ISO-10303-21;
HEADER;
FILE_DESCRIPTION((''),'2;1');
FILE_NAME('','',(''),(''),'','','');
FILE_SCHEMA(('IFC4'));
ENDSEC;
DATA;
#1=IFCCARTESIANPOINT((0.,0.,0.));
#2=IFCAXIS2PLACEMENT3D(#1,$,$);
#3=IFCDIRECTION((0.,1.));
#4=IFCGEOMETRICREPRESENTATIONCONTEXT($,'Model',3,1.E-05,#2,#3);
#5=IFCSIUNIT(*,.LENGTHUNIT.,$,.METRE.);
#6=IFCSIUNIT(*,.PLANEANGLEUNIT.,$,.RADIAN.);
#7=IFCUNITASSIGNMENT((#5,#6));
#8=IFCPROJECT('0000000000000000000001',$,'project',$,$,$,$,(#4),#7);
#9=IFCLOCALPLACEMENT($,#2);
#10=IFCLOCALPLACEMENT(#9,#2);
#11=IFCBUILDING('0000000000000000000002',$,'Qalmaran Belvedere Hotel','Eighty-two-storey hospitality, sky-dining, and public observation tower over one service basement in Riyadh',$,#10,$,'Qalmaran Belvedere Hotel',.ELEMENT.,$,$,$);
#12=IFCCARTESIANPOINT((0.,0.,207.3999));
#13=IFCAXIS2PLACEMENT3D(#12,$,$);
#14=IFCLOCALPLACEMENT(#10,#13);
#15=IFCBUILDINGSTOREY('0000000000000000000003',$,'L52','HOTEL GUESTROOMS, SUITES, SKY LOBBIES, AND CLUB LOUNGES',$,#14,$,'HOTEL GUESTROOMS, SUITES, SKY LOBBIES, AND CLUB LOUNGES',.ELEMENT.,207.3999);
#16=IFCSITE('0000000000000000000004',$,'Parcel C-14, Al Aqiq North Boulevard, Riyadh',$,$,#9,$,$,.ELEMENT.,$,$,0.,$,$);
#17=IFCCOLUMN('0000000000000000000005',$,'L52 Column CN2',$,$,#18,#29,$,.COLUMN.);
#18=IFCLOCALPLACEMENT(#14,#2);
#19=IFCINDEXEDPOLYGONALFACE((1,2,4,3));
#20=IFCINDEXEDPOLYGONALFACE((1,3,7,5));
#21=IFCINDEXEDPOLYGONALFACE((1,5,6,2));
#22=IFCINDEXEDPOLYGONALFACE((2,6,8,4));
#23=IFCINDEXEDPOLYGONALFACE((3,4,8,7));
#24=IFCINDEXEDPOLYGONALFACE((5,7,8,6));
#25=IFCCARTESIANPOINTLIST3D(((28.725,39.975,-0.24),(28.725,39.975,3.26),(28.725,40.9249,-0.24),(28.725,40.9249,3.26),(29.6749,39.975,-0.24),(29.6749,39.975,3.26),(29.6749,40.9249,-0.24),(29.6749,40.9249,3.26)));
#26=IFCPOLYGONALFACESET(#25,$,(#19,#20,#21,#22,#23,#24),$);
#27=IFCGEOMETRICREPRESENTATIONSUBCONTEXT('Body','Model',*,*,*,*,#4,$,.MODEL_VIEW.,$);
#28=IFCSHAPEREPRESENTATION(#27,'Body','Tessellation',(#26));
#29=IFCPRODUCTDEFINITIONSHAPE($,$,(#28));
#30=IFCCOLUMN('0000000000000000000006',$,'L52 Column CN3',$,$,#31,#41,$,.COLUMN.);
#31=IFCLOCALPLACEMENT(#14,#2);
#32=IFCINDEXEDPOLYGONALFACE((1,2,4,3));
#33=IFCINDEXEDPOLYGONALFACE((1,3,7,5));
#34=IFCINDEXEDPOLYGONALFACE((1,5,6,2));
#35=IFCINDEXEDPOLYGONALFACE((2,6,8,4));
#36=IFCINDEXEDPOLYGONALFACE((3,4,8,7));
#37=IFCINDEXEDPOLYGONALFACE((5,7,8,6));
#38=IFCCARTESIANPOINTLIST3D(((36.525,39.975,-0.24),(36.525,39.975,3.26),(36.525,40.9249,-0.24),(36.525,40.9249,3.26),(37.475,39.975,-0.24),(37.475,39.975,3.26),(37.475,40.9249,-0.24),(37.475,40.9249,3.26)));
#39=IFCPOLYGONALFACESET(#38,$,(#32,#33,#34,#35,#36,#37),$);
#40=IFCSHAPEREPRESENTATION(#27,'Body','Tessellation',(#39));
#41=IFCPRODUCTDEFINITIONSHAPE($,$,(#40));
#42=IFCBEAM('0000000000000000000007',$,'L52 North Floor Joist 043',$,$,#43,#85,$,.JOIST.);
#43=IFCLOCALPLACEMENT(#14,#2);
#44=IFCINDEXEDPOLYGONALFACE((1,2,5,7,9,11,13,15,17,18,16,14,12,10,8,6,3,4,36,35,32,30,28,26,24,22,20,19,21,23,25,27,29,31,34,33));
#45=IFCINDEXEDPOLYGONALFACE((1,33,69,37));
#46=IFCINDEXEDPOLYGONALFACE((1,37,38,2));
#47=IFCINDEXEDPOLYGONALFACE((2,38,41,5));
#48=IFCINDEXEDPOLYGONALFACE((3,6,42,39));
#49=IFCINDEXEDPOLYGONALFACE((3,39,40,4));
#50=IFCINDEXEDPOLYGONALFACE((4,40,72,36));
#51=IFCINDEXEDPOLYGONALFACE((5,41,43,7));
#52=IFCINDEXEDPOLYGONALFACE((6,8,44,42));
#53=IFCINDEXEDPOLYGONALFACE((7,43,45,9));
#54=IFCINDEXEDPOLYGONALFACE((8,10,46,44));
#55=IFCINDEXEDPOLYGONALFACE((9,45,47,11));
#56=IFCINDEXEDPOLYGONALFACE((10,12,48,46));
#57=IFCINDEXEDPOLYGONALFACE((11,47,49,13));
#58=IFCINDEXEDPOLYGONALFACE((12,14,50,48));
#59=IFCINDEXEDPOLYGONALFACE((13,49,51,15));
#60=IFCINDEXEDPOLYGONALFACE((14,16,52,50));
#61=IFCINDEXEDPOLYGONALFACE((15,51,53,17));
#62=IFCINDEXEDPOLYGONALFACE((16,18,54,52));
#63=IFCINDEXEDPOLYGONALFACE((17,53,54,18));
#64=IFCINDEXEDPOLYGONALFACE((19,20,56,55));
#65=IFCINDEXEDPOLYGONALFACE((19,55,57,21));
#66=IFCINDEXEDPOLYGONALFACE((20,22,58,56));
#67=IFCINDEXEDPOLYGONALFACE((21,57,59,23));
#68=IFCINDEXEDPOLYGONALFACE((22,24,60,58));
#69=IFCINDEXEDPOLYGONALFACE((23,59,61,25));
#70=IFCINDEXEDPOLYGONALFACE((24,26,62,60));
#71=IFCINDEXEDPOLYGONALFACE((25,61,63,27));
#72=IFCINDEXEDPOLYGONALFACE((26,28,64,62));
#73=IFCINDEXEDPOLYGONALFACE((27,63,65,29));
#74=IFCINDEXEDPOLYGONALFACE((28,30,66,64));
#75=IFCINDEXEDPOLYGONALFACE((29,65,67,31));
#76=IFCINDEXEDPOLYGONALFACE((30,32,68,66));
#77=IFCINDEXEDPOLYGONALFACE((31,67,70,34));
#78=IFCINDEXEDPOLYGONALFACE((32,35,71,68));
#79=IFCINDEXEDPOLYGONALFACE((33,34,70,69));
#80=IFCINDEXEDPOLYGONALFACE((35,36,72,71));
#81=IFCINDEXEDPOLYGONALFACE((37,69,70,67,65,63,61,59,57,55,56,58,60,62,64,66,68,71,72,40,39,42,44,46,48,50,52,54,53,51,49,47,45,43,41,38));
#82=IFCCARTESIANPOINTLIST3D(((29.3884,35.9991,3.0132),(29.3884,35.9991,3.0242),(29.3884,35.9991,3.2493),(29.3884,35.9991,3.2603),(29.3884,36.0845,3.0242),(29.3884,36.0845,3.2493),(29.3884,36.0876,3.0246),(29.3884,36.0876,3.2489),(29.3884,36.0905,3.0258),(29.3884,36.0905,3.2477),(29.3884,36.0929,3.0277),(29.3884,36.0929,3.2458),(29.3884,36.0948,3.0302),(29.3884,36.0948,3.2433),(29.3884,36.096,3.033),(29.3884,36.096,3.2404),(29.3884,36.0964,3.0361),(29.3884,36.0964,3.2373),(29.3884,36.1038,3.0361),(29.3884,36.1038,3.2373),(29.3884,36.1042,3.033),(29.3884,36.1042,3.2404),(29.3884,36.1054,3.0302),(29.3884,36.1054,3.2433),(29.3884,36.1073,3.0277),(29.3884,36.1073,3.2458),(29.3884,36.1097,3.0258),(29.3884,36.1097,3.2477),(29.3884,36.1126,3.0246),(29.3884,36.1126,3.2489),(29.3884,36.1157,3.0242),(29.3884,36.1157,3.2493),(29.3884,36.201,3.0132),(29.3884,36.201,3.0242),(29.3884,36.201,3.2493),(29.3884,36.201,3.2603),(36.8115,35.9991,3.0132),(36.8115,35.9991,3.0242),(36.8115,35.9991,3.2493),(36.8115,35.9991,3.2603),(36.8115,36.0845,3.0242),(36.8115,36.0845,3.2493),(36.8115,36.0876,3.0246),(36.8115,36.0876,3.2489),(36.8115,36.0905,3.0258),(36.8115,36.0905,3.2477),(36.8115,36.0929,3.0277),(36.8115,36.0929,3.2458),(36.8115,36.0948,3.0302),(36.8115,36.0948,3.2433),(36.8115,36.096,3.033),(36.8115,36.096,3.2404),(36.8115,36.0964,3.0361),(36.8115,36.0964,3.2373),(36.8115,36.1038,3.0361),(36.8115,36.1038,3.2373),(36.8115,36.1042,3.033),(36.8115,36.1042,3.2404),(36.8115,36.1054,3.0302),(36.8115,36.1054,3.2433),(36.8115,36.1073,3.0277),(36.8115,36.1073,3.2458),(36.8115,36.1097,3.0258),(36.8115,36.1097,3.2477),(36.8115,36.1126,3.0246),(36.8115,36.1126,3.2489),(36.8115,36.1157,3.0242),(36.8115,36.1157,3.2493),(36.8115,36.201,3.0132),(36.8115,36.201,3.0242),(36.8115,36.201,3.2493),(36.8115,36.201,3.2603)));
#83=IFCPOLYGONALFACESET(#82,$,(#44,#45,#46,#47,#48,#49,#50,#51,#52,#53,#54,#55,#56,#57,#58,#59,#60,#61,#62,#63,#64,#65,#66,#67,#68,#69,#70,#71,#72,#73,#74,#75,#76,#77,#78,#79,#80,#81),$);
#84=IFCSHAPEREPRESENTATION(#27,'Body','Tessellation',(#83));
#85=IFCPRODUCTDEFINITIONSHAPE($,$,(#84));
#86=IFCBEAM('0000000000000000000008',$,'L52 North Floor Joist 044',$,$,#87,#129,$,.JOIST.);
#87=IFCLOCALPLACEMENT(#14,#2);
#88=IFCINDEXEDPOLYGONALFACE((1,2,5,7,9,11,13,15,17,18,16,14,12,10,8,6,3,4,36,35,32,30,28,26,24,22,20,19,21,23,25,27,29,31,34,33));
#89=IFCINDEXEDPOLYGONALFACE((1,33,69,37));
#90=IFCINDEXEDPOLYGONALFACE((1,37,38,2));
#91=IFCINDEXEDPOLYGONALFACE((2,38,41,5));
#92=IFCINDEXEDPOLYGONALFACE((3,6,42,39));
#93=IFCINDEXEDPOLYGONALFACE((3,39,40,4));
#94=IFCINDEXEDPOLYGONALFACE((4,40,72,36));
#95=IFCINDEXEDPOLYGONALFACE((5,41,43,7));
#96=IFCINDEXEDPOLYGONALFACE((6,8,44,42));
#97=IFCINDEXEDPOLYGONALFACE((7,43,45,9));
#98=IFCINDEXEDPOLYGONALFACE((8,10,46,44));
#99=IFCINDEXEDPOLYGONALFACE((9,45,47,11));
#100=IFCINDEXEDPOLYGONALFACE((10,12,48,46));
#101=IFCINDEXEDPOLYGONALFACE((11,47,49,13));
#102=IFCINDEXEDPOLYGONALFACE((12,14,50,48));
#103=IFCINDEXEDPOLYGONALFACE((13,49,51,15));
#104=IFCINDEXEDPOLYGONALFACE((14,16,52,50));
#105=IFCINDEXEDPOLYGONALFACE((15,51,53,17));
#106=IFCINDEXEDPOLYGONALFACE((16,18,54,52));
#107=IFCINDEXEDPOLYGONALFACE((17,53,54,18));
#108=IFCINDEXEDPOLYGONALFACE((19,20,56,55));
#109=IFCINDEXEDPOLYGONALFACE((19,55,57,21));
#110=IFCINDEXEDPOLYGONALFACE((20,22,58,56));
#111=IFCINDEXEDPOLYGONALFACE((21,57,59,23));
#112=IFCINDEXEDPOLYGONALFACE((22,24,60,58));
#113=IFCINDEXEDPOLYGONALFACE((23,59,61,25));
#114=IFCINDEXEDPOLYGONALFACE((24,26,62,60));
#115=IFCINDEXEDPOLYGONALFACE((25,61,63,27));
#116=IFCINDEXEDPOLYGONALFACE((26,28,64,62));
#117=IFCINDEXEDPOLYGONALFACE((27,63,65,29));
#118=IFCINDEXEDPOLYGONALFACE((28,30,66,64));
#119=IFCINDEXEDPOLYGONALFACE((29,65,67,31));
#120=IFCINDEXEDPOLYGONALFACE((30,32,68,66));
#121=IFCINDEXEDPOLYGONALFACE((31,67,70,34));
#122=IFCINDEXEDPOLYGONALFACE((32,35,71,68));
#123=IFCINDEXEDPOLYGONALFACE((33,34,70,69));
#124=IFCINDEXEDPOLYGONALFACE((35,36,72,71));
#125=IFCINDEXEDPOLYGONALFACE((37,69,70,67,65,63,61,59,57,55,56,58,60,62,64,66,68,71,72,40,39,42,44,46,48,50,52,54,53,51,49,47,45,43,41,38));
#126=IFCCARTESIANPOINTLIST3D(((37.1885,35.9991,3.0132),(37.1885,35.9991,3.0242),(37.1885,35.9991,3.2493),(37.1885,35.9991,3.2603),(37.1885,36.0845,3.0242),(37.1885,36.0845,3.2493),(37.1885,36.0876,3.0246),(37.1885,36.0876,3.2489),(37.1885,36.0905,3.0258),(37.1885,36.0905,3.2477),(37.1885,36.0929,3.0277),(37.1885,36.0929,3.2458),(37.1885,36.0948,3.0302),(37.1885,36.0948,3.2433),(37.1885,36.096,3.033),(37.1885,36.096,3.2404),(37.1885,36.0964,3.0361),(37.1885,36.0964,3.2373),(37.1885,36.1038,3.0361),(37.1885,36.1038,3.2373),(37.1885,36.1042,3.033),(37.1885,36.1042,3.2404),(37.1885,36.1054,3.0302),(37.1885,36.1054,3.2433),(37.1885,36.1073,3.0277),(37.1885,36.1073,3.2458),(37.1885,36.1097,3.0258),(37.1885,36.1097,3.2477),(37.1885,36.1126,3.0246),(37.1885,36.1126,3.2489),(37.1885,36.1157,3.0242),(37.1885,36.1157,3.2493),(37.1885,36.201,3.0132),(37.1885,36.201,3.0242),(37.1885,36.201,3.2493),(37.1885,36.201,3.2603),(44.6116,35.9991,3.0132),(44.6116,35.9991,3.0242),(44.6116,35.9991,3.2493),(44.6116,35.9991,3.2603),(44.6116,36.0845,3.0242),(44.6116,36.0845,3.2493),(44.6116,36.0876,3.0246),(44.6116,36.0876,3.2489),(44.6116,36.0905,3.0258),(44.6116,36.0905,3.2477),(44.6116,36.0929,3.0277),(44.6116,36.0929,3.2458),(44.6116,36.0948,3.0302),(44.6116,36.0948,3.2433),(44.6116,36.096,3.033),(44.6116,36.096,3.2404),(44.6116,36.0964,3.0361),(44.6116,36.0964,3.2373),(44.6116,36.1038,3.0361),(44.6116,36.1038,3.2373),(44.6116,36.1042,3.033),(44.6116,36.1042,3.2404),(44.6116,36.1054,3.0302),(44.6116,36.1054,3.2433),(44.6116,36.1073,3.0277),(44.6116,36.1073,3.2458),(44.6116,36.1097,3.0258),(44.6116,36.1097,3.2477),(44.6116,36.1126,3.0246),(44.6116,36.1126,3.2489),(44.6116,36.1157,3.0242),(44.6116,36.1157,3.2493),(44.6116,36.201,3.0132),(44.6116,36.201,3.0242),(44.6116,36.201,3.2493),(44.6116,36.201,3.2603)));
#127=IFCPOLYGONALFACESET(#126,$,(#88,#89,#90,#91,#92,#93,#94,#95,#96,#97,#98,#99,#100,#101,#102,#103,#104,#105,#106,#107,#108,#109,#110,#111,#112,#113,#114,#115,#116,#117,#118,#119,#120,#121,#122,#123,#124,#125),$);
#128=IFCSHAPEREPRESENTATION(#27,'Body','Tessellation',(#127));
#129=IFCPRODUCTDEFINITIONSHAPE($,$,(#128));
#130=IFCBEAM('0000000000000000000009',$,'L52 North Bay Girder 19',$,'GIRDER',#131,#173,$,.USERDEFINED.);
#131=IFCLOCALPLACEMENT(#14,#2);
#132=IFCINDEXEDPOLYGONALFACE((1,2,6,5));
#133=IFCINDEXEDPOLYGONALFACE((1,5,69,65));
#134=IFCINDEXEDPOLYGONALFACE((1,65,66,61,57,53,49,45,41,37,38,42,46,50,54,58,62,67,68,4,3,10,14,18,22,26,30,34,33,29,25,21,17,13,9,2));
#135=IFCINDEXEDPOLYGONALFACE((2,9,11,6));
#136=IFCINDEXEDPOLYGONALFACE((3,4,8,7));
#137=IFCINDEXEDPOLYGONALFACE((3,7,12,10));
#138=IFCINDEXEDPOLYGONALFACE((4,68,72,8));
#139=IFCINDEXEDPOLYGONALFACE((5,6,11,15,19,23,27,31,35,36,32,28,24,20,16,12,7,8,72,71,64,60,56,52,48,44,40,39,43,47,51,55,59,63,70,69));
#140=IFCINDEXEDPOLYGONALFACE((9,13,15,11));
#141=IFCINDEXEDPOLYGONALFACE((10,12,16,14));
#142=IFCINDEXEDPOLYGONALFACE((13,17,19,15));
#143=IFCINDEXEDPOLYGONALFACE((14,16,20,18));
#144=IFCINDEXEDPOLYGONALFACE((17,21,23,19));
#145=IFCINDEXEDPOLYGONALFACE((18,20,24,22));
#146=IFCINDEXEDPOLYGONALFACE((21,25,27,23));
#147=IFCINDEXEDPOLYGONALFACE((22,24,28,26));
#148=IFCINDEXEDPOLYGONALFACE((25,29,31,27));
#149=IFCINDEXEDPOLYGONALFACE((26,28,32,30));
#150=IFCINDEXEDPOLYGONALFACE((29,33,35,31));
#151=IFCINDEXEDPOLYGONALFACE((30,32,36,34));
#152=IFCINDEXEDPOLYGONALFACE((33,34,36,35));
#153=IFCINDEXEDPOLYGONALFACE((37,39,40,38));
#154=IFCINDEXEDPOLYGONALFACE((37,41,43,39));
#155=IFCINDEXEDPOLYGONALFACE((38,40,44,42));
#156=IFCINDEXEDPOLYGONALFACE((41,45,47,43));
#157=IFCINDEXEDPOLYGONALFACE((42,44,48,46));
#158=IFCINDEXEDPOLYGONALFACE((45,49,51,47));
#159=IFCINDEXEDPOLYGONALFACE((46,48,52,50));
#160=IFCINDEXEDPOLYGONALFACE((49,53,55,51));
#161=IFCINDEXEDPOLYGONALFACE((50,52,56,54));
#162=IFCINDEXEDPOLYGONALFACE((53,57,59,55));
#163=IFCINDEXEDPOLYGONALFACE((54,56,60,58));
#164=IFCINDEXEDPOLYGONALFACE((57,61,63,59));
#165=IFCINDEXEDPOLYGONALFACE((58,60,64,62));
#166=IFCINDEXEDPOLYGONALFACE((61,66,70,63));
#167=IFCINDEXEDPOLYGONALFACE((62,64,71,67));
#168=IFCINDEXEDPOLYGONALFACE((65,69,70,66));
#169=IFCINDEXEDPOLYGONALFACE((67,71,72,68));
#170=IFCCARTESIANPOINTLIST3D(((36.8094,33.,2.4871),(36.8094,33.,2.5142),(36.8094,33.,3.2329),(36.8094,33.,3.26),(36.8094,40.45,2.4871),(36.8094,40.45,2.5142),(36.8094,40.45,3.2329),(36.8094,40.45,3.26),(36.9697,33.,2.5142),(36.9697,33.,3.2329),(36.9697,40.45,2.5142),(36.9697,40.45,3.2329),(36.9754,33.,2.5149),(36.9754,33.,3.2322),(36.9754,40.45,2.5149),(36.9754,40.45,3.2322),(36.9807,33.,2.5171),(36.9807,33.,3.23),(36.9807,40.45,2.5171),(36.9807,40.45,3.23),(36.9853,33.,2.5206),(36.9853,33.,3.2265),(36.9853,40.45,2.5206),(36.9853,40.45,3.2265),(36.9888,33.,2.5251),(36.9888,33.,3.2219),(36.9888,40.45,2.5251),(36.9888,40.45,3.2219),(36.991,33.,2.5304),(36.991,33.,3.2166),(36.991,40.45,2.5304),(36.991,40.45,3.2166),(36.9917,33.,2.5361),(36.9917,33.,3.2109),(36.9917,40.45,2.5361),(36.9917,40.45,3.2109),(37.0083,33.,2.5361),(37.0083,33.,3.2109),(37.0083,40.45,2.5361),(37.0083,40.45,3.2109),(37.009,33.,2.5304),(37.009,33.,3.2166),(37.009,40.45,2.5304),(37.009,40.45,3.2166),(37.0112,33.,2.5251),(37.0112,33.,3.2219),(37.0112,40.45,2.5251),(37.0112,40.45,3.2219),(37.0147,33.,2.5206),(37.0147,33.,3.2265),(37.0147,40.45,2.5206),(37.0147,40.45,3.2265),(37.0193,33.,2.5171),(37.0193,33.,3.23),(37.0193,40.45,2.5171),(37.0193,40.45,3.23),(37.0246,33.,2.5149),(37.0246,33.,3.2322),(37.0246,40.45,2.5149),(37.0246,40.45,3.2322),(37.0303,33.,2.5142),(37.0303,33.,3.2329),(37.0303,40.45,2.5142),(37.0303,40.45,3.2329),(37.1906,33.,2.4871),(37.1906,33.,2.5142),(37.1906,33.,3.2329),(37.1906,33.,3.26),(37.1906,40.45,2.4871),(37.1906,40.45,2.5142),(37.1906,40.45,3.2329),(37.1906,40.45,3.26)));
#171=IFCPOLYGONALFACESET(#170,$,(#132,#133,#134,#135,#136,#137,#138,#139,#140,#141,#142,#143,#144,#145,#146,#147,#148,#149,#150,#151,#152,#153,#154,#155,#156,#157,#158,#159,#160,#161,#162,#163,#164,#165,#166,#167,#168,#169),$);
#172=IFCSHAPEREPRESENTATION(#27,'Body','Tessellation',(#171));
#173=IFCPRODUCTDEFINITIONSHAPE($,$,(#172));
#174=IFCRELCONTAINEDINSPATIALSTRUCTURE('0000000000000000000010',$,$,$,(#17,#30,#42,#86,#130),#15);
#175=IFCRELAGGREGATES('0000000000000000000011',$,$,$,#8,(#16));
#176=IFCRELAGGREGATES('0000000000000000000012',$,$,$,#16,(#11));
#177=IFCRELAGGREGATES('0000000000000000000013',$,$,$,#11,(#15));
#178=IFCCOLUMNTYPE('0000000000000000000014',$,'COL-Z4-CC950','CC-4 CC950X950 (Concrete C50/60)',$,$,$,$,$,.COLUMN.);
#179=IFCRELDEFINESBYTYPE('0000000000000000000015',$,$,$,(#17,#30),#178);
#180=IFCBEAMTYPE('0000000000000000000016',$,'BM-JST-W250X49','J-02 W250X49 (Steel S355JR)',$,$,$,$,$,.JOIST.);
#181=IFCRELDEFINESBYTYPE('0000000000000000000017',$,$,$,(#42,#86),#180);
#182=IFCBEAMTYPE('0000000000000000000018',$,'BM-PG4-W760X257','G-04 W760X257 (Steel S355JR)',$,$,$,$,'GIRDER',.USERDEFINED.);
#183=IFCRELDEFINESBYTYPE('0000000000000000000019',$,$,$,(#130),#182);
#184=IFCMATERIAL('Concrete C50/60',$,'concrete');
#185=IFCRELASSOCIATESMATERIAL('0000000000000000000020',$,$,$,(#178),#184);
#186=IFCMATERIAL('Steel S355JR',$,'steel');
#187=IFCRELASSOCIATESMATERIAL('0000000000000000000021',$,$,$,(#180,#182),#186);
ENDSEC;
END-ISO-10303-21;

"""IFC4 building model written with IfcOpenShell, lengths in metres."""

from ifc_helpers import new_model, si_unit, direction, frame, origin, origin_2d, place, context, subcontext, project, spatial, rectangle, i_section, extrude, material, material_profile, profile_set, type_object, element, save


model = new_model("IFC4")

# Units and contexts
model_context = context("Model", 3, precision=1e-05, world=origin(), true_north=direction((0.0, 1.0)))
body_context = subcontext(model_context, "Body", "Model", "MODEL_VIEW")
ifc_project = project(units=[si_unit("LENGTHUNIT", "METRE"), si_unit("PLANEANGLEUNIT", "RADIAN")], contexts=[model_context])

# Site, building, storey
site_placement = place(None, origin())
site = spatial("IfcSite", under=ifc_project, at=site_placement, Name="Parcel C-14, Al Aqiq North Boulevard, Riyadh", CompositionType="ELEMENT", RefElevation=0.0)
building_placement = place(site_placement, origin())
building = spatial("IfcBuilding", under=site, at=building_placement, Name="Qalmaran Belvedere Hotel", Description="Eighty-two-storey hospitality, sky-dining, and public observation tower over one service basement in Riyadh", LongName="Qalmaran Belvedere Hotel", CompositionType="ELEMENT")
storey_placement = place(building_placement, frame((0.0, 0.0, 207.3999)))
storey = spatial("IfcBuildingStorey", under=building, at=storey_placement, Name="L52", Description="HOTEL GUESTROOMS, SUITES, SKY LOBBIES, AND CLUB LOUNGES", LongName="HOTEL GUESTROOMS, SUITES, SKY LOBBIES, AND CLUB LOUNGES", CompositionType="ELEMENT", Elevation=207.3999)

# Columns
ifc_material_1 = material(Name="Concrete C50/60", Category="concrete")
ifc_material_profile_1 = material_profile(ifc_material_1, rectangle(XDim=0.95, YDim=0.95, at=origin_2d()), Name="CC950X950")
ifc_profile_set_1 = profile_set([ifc_material_profile_1], Name="Concrete C50/60")
column_type = type_object("IfcColumnType", Name="COL-Z4-CC950", Description="CC-4 CC950X950 (Concrete C50/60)", PredefinedType="COLUMN", material=ifc_profile_set_1)
for number, where, z_axis, x_axis, name in (
    (1, (29.2, 40.45, -0.24), (0.0, 0.0, 1.0), (1.0, 0.0, 0.0), "L52 Column CN2"),
    (2, (37.0, 40.45, -0.24), (0.0, 0.0, 1.0), (1.0, 0.0, 0.0), "L52 Column CN3"),
):
    element("IfcColumn", number, at=place(storey_placement, frame(where, z_axis=z_axis, x_axis=x_axis)), inside=storey, type_object=column_type, Name=name, PredefinedType="COLUMN", context=body_context, shape_type="SweptSolid", body=[
        extrude(rectangle(XDim=0.95, YDim=0.95, at=origin_2d()), origin(), (0.0, 0.0, 1.0), 3.5),
    ])

# Beams
ifc_material_2 = material(Name="Steel S355JR", Category="steel")
ifc_material_profile_2 = material_profile(ifc_material_2, i_section(OverallWidth=0.2019, OverallDepth=0.2471, WebThickness=0.0073, FlangeThickness=0.011, FilletRadius=0.012, at=origin_2d()), Name="W250X49")
ifc_profile_set_2 = profile_set([ifc_material_profile_2], Name="Steel S355JR")
beam_type_1 = type_object("IfcBeamType", Name="BM-JST-W250X49", Description="J-02 W250X49 (Steel S355JR)", PredefinedType="JOIST", material=ifc_profile_set_2)
for number, where, z_axis, x_axis, name in (
    (3, (29.3884, 36.1001, 3.1367), (1.0, 0.0, 0.0), (0.0, 1.0, 0.0), "L52 North Floor Joist 043"),
    (4, (37.1885, 36.1001, 3.1367), (1.0, 0.0, 0.0), (0.0, 1.0, 0.0), "L52 North Floor Joist 044"),
):
    element("IfcBeam", number, at=place(storey_placement, frame(where, z_axis=z_axis, x_axis=x_axis)), inside=storey, type_object=beam_type_1, Name=name, PredefinedType="JOIST", context=body_context, shape_type="SweptSolid", body=[
        extrude(i_section(OverallWidth=0.2019, OverallDepth=0.2471, WebThickness=0.0073, FlangeThickness=0.011, FilletRadius=0.012, at=origin_2d()), origin(), (0.0, 0.0, 1.0), 7.4231),
    ])
ifc_material_profile_3 = material_profile(ifc_material_2, i_section(OverallWidth=0.3811, OverallDepth=0.7729, WebThickness=0.0166, FlangeThickness=0.0271, FilletRadius=0.022, at=origin_2d()), Name="W760X257")
ifc_profile_set_3 = profile_set([ifc_material_profile_3], Name="Steel S355JR")
beam_type_2 = type_object("IfcBeamType", Name="BM-PG4-W760X257", Description="G-04 W760X257 (Steel S355JR)", ElementType="GIRDER", PredefinedType="USERDEFINED", material=ifc_profile_set_3)
beam_1_placement = place(storey_placement, frame((37.0, 33.0, 2.8735), z_axis=(0.0, 1.0, 0.0), x_axis=(-1.0, 0.0, 0.0)))
element("IfcBeam", 5, at=beam_1_placement, inside=storey, type_object=beam_type_2, Name="L52 North Bay Girder 19", ObjectType="GIRDER", PredefinedType="USERDEFINED", context=body_context, shape_type="SweptSolid", body=[
    extrude(i_section(OverallWidth=0.3811, OverallDepth=0.7729, WebThickness=0.0166, FlangeThickness=0.0271, FilletRadius=0.022, at=origin_2d()), origin(), (0.0, 0.0, 1.0), 7.45),
])

save(model, "model.ifc")
